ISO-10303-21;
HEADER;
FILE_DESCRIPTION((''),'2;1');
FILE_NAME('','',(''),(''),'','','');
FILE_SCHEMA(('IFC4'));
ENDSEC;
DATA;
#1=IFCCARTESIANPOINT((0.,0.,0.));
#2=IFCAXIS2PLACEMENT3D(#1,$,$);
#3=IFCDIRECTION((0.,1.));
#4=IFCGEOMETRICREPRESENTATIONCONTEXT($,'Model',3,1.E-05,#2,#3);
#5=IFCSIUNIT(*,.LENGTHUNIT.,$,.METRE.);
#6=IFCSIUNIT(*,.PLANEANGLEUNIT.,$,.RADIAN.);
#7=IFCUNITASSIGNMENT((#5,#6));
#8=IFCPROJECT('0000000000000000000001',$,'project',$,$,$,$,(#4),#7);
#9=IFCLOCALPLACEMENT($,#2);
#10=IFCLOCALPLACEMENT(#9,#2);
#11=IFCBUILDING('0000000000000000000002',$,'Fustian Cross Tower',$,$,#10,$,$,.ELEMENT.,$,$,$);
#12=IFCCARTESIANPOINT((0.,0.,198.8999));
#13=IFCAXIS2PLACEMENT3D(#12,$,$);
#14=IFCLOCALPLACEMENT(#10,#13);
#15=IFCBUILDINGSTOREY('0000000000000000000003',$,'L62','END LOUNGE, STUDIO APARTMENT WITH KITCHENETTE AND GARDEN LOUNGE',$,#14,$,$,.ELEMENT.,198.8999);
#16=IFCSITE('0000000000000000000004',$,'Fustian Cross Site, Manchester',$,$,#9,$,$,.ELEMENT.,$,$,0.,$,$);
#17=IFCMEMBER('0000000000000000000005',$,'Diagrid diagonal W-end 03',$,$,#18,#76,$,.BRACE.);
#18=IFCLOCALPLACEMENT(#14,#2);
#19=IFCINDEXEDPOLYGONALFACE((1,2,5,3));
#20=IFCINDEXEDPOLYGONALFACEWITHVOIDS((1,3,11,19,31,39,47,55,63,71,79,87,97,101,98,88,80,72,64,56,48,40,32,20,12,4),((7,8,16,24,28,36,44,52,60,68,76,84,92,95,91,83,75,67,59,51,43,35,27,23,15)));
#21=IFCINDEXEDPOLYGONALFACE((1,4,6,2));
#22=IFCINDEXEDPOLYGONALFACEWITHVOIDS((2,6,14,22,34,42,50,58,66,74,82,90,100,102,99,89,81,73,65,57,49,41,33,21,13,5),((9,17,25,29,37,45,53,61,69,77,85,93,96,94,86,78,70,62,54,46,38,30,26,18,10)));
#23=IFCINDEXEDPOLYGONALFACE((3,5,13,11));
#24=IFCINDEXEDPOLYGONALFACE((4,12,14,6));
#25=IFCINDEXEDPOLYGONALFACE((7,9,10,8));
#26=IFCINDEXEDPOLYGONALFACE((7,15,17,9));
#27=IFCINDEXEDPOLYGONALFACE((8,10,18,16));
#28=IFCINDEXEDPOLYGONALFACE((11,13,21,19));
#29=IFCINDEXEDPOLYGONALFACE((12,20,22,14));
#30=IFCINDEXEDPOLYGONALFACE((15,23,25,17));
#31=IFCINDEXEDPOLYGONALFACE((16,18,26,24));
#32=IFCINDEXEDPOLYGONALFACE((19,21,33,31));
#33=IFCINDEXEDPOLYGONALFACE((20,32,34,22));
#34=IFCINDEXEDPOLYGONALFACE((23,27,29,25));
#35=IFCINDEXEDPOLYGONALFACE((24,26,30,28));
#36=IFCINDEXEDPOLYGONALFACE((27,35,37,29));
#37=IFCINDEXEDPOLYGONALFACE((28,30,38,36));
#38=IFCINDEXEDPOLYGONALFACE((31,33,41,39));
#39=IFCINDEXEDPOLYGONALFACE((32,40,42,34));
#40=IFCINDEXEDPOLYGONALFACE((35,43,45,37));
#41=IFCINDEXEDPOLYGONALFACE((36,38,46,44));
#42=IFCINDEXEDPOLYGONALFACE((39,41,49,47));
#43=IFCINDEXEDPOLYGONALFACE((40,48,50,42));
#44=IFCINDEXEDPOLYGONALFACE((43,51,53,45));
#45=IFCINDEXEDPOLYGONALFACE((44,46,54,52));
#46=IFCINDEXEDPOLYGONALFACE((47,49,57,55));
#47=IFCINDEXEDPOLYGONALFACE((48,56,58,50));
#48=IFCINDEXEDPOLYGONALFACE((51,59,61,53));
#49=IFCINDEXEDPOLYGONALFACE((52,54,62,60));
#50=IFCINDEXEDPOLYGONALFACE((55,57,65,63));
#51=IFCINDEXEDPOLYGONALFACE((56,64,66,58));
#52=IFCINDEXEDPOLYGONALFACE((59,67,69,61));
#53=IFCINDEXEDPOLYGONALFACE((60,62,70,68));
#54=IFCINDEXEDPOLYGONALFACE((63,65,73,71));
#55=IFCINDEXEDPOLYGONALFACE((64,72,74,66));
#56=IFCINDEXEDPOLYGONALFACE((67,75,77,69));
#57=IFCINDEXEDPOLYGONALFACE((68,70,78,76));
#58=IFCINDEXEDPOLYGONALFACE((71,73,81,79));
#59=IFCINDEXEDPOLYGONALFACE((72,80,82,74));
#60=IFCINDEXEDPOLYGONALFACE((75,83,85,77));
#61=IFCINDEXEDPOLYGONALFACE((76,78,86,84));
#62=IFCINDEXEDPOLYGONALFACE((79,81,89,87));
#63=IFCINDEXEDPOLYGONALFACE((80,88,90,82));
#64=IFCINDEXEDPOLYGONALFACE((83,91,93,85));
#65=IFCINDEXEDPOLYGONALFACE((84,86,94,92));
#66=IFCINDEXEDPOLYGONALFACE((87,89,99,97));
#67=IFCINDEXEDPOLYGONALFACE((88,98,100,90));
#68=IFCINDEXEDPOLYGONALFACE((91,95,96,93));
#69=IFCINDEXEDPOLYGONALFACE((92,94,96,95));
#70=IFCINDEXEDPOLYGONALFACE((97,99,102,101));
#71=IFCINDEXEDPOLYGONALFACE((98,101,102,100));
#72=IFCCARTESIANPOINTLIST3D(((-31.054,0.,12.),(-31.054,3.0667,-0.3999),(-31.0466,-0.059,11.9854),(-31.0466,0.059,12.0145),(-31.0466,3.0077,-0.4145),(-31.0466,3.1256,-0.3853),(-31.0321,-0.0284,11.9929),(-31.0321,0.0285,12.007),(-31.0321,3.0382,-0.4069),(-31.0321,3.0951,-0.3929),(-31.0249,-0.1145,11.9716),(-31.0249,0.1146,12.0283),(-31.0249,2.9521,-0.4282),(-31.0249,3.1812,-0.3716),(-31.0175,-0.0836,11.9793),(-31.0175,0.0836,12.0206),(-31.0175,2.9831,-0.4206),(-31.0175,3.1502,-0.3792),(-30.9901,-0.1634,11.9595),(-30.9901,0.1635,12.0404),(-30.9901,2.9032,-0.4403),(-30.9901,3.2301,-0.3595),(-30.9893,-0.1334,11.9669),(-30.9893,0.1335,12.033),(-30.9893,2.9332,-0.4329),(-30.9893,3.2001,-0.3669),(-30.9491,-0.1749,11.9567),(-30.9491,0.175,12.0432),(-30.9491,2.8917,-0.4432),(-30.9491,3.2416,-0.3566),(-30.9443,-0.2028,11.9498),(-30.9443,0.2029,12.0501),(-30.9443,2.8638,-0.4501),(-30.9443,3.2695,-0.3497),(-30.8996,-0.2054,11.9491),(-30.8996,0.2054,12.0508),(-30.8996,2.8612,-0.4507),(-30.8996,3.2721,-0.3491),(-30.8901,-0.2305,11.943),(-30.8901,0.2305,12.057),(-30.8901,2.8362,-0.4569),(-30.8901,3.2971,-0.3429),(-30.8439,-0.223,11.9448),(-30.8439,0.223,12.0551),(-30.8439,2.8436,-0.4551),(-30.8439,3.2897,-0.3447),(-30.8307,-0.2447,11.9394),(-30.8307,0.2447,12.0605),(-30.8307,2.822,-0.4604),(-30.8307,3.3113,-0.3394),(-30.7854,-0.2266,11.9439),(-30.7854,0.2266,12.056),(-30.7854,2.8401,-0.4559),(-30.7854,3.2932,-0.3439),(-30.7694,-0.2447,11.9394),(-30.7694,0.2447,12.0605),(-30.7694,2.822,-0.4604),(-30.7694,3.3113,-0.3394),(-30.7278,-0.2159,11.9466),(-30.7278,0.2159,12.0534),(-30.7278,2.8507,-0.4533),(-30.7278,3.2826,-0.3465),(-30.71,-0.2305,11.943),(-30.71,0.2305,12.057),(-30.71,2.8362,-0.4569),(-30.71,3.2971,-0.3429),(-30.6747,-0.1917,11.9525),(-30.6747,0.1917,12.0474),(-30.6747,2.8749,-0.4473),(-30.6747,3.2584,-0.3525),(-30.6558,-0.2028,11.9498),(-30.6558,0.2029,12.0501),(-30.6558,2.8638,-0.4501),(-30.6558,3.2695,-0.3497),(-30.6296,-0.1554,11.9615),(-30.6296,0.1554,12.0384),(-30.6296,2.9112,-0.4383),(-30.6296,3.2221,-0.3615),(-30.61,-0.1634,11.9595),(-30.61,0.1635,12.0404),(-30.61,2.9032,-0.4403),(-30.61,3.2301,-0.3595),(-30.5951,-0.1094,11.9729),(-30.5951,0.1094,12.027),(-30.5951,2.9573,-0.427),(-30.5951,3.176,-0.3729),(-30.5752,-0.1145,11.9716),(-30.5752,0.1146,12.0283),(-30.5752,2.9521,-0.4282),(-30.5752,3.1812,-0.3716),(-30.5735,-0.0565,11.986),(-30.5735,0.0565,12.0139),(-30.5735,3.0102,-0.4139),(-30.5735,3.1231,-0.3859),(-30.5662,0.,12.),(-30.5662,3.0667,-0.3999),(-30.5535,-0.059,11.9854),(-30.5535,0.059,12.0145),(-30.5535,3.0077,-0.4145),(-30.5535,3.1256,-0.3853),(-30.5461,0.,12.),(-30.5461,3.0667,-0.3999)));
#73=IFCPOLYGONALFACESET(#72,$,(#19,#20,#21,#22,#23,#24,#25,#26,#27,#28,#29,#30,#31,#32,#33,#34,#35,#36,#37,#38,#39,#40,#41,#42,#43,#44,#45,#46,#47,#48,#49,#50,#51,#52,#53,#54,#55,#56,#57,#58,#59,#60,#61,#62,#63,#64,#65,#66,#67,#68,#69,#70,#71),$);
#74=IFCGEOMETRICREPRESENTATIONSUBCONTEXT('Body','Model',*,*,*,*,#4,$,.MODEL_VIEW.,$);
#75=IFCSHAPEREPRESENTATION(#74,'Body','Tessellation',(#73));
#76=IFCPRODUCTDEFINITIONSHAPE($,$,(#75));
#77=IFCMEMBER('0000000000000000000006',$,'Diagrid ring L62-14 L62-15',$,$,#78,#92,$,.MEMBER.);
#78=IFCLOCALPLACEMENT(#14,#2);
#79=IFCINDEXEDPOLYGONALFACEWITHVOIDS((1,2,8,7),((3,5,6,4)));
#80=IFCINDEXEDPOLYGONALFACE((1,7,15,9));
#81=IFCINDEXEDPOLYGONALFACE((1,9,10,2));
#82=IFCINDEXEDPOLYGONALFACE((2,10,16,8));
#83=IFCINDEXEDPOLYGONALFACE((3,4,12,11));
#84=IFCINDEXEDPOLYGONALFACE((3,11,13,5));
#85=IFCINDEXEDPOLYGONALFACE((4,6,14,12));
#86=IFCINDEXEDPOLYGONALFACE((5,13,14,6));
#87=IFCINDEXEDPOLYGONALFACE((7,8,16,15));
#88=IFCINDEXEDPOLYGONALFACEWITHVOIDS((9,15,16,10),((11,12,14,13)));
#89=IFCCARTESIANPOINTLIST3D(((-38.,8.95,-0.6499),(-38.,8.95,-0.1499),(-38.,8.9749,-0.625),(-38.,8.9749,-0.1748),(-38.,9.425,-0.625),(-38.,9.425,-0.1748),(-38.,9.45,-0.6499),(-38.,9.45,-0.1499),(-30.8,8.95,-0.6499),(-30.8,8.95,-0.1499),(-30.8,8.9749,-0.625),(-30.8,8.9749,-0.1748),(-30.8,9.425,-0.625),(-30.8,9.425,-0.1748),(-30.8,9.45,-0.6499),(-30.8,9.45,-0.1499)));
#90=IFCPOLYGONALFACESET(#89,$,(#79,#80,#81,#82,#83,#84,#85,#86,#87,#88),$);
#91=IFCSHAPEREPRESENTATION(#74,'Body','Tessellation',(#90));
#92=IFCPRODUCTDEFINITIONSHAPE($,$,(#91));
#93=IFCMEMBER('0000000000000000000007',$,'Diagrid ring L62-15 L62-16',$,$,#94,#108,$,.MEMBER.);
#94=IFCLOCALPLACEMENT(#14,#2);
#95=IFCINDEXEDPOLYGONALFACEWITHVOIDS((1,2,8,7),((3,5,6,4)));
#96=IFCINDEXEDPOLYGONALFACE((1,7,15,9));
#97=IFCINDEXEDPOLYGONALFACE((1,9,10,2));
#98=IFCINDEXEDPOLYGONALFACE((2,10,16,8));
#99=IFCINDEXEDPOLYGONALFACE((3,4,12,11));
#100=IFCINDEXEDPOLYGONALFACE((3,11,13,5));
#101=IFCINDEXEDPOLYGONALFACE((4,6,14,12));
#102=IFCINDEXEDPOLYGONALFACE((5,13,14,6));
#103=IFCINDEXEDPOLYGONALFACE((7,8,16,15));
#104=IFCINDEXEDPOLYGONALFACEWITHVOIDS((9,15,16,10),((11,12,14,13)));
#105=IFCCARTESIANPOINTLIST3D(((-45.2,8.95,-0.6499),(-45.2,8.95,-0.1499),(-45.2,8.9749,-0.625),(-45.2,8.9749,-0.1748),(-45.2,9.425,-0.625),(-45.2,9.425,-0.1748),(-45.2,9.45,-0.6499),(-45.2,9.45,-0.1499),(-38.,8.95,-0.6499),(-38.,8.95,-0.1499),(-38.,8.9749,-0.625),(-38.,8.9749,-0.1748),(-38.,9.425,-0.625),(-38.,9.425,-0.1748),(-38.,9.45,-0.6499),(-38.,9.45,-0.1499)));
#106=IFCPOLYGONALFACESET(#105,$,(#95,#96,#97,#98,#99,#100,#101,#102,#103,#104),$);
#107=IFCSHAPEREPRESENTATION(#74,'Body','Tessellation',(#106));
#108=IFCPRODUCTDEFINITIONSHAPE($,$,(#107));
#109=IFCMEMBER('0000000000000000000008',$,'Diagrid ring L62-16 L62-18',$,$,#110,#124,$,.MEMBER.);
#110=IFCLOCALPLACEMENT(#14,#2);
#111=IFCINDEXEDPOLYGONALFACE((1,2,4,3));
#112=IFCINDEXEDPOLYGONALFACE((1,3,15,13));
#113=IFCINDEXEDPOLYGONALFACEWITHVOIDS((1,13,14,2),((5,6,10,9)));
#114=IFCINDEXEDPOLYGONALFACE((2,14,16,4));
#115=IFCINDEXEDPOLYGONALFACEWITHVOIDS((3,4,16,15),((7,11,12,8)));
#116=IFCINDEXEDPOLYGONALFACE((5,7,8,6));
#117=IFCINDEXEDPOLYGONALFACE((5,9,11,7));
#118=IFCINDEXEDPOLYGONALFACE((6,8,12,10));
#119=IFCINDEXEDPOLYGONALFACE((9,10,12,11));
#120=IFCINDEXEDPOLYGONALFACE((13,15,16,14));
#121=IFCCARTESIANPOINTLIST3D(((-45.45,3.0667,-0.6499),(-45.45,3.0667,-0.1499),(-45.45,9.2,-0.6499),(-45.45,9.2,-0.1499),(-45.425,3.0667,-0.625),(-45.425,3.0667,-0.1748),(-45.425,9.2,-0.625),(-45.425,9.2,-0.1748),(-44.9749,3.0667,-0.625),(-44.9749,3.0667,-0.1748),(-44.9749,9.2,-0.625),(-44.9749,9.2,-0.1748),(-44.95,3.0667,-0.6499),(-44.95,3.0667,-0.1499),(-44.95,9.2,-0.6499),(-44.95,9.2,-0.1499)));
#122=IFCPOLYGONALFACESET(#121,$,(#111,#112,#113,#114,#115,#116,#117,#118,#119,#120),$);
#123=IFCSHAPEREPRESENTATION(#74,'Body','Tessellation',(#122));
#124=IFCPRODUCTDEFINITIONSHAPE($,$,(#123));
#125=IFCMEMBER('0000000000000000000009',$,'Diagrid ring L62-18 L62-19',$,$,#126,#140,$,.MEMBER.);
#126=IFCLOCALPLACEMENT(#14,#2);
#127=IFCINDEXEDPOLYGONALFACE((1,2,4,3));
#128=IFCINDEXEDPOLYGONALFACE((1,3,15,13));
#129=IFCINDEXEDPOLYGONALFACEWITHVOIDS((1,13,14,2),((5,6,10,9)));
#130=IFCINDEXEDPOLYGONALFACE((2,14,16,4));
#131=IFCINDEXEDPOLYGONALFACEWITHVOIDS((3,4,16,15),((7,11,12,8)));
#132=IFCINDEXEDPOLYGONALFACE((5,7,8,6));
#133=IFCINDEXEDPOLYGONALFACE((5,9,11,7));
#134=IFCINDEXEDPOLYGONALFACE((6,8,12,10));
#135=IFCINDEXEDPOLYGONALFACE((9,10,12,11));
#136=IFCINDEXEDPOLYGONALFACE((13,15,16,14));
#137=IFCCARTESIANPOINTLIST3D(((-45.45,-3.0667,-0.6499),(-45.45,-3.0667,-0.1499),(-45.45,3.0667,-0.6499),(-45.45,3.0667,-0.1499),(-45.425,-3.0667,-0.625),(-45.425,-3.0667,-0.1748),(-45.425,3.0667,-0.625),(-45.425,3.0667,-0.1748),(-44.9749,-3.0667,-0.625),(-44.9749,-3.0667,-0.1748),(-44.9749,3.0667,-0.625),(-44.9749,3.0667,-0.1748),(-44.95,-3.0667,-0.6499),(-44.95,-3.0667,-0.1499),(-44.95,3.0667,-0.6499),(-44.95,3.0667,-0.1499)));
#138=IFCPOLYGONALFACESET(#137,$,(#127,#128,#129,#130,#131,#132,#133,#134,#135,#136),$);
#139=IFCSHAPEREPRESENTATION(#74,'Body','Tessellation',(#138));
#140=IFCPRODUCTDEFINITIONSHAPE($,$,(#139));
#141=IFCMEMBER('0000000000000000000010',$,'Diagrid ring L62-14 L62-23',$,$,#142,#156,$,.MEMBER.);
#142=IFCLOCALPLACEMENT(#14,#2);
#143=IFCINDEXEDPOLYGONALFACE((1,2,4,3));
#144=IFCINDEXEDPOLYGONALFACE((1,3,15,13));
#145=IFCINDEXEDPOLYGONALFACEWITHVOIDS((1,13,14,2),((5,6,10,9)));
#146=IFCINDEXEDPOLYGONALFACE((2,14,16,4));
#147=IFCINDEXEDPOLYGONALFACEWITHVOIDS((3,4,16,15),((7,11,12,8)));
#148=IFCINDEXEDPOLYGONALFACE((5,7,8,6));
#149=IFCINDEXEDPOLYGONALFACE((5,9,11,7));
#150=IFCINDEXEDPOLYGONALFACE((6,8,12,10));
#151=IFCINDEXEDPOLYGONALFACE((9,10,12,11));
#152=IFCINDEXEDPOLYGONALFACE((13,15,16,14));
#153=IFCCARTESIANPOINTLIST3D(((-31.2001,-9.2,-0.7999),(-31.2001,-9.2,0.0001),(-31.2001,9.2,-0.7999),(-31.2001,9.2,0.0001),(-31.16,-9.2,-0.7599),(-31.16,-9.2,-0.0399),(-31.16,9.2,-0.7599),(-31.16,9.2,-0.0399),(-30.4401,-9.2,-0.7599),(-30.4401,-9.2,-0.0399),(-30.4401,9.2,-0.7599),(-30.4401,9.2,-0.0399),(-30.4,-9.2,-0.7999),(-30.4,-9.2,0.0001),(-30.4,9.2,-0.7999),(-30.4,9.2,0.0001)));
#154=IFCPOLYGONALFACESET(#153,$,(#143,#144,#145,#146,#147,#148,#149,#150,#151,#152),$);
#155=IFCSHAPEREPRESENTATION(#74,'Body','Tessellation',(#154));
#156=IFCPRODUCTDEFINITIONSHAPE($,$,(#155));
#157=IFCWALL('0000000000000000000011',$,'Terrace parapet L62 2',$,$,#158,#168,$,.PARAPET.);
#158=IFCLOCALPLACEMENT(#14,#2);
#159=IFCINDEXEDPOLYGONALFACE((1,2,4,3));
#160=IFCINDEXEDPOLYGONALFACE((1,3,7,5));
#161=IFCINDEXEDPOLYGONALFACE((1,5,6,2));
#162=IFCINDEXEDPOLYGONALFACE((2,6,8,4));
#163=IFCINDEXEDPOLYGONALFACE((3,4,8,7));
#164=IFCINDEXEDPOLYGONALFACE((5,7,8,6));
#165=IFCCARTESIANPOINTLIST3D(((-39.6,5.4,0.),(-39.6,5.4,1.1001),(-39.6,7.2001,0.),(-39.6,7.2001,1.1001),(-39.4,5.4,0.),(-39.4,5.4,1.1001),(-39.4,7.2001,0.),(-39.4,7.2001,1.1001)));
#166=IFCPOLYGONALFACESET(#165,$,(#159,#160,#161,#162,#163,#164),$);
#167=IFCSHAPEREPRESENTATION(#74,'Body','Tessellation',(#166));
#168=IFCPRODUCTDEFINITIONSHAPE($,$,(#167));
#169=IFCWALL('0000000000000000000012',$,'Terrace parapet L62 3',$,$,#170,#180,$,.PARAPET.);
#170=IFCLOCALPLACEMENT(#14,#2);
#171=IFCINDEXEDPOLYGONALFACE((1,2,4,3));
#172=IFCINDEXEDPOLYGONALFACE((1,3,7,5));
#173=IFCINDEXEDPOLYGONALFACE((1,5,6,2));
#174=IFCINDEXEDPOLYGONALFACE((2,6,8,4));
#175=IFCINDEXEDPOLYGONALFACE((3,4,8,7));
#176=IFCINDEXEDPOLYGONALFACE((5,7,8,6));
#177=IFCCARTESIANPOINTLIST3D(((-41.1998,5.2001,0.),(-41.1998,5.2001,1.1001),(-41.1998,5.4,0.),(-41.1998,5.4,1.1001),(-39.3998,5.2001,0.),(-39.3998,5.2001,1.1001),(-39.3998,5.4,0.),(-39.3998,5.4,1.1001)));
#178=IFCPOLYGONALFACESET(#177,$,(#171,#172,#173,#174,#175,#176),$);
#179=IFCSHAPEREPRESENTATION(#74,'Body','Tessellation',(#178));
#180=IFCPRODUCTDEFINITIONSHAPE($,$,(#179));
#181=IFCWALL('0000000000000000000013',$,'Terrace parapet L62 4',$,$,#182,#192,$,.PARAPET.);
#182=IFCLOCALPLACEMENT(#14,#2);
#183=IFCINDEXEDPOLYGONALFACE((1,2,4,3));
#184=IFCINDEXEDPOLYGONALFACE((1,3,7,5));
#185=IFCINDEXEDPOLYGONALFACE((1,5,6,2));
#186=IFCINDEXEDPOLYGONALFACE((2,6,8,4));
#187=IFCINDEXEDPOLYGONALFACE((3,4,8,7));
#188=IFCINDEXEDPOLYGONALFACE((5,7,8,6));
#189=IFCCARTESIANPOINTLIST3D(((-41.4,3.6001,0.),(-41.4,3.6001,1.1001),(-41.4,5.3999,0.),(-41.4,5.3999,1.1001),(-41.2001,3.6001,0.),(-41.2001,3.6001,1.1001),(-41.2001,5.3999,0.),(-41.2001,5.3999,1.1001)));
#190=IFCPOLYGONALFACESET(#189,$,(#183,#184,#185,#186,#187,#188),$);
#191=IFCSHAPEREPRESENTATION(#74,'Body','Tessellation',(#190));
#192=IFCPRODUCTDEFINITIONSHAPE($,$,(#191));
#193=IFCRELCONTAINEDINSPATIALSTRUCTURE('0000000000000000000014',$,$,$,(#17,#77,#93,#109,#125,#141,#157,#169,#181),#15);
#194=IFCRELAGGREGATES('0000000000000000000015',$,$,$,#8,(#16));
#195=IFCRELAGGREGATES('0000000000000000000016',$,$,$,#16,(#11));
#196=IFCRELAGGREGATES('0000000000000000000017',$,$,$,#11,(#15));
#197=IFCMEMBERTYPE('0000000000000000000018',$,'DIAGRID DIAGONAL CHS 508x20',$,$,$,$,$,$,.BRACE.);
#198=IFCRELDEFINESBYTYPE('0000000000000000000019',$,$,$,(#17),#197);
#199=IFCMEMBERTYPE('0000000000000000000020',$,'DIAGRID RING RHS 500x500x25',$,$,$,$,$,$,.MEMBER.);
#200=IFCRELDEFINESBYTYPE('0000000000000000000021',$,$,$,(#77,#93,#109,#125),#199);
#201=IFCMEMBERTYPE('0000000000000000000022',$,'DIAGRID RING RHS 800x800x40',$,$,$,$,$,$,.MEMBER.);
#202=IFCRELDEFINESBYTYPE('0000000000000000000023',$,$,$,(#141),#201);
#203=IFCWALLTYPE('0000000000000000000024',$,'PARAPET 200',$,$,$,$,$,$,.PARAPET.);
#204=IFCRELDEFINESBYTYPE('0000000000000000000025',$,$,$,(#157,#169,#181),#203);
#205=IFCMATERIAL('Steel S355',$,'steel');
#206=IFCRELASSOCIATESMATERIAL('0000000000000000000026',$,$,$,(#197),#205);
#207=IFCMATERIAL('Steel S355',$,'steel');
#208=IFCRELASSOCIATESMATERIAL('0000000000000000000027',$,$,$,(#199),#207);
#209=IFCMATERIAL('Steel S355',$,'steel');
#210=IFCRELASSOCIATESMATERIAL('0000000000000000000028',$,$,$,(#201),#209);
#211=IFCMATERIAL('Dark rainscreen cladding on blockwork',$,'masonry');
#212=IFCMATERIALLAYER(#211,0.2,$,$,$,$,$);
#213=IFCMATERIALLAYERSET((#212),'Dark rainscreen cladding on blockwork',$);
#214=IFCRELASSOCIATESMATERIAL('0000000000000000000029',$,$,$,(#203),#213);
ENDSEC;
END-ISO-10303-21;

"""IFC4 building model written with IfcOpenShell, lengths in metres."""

from ifc_helpers import new_model, si_unit, direction, frame, frame_2d, origin, origin_2d, place, context, subcontext, project, spatial, rectangle, hollow_rectangle, hollow_circle, extrude, material, layer, layer_set, material_profile, profile_set, type_object, element, save


model = new_model("IFC4")

# Units and contexts
model_context = context("Model", 3, precision=1e-05, world=origin(), true_north=direction((0.0, 1.0)))
body_context = subcontext(model_context, "Body", "Model", "MODEL_VIEW")
ifc_project = project(units=[si_unit("LENGTHUNIT", "METRE"), si_unit("PLANEANGLEUNIT", "RADIAN")], contexts=[model_context])

# Site, building, storey
site_placement = place(None, origin())
site = spatial("IfcSite", under=ifc_project, at=site_placement, Name="Fustian Cross Site, Manchester", CompositionType="ELEMENT", RefElevation=0.0)
building_placement = place(site_placement, origin())
building = spatial("IfcBuilding", under=site, at=building_placement, Name="Fustian Cross Tower", CompositionType="ELEMENT")
storey_placement = place(building_placement, frame((0.0, 0.0, 198.8999)))
storey = spatial("IfcBuildingStorey", under=building, at=storey_placement, Name="L62", Description="END LOUNGE, STUDIO APARTMENT WITH KITCHENETTE AND GARDEN LOUNGE", CompositionType="ELEMENT", Elevation=198.8999)

# Members
ifc_material_1 = material(Name="Steel S355", Category="steel")
ifc_material_profile_1 = material_profile(ifc_material_1, hollow_circle(Radius=0.2539, WallThickness=0.02, at=origin_2d()), Name="CHS 508x20")
ifc_profile_set_1 = profile_set([ifc_material_profile_1], Name="Steel S355")
member_type_1 = type_object("IfcMemberType", Name="DIAGRID DIAGONAL CHS 508x20", PredefinedType="BRACE", material=ifc_profile_set_1)
for number, where, z_axis, x_axis, name in (
    (1, (-30.8, 3.0667, -0.3999), (0.0, -0.240079, 0.970753), (1.0, 0.0, 0.0), "Diagrid diagonal W-end 03"),
):
    element("IfcMember", number, at=place(storey_placement, frame(where, z_axis=z_axis, x_axis=x_axis)), inside=storey, type_object=member_type_1, Name=name, PredefinedType="BRACE", context=body_context, shape_type="SweptSolid", body=[
        extrude(hollow_circle(Radius=0.2539, WallThickness=0.02, at=origin_2d()), origin(), (0.0, 0.0, 1.0), 12.7734),
    ])
ifc_material_2 = material(Name="Steel S355", Category="steel")
ifc_material_profile_2 = material_profile(ifc_material_2, hollow_rectangle(XDim=0.5, YDim=0.5, WallThickness=0.0249, at=origin_2d()), Name="RHS 500x500x25")
ifc_profile_set_2 = profile_set([ifc_material_profile_2], Name="Steel S355")
member_type_2 = type_object("IfcMemberType", Name="DIAGRID RING RHS 500x500x25", PredefinedType="MEMBER", material=ifc_profile_set_2)
for number, where, z_axis, x_axis, name in (
    (2, (-30.8, 9.2, -0.3999), (-1.0, 0.0, 0.0), (0.0, -1.0, 0.0), "Diagrid ring L62-14 L62-15"),
    (3, (-38.0, 9.2, -0.3999), (-1.0, 0.0, 0.0), (0.0, -1.0, 0.0), "Diagrid ring L62-15 L62-16"),
):
    element("IfcMember", number, at=place(storey_placement, frame(where, z_axis=z_axis, x_axis=x_axis)), inside=storey, type_object=member_type_2, Name=name, PredefinedType="MEMBER", context=body_context, shape_type="SweptSolid", body=[
        extrude(hollow_rectangle(XDim=0.5, YDim=0.5, WallThickness=0.0249, at=origin_2d()), origin(), (0.0, 0.0, 1.0), 7.2),
    ])
for number, where, z_axis, x_axis, name in (
    (4, (-45.2, 9.2, -0.3999), (0.0, -1.0, 0.0), (1.0, 0.0, 0.0), "Diagrid ring L62-16 L62-18"),
    (5, (-45.2, 3.0667, -0.3999), (0.0, -1.0, 0.0), (1.0, 0.0, 0.0), "Diagrid ring L62-18 L62-19"),
):
    element("IfcMember", number, at=place(storey_placement, frame(where, z_axis=z_axis, x_axis=x_axis)), inside=storey, type_object=member_type_2, Name=name, PredefinedType="MEMBER", context=body_context, shape_type="SweptSolid", body=[
        extrude(hollow_rectangle(XDim=0.5, YDim=0.5, WallThickness=0.0249, at=origin_2d()), origin(), (0.0, 0.0, 1.0), 6.1333),
    ])
ifc_material_3 = material(Name="Steel S355", Category="steel")
ifc_material_profile_3 = material_profile(ifc_material_3, hollow_rectangle(XDim=0.8, YDim=0.8, WallThickness=0.04, at=origin_2d()), Name="RHS 800x800x40")
ifc_profile_set_3 = profile_set([ifc_material_profile_3], Name="Steel S355")
member_type_3 = type_object("IfcMemberType", Name="DIAGRID RING RHS 800x800x40", PredefinedType="MEMBER", material=ifc_profile_set_3)
member_1_placement = place(storey_placement, frame((-30.8, 9.2, -0.3999), z_axis=(0.0, -1.0, 0.0), x_axis=(1.0, 0.0, 0.0)))
element("IfcMember", 6, at=member_1_placement, inside=storey, type_object=member_type_3, Name="Diagrid ring L62-14 L62-23", PredefinedType="MEMBER", context=body_context, shape_type="SweptSolid", body=[
    extrude(hollow_rectangle(XDim=0.8, YDim=0.8, WallThickness=0.04, at=origin_2d()), origin(), (0.0, 0.0, 1.0), 18.3999),
])

# Walls
ifc_material_4 = material(Name="Dark rainscreen cladding on blockwork", Category="masonry")
ifc_layer_1 = layer(ifc_material_4, 0.2)
ifc_layer_set_1 = layer_set([ifc_layer_1], Name="Dark rainscreen cladding on blockwork")
wall_type_1 = type_object("IfcWallType", Name="PARAPET 200", PredefinedType="PARAPET", material=ifc_layer_set_1)
for number, where, z_axis, x_axis, name in (
    (7, (-39.5, 7.2, 0.0), (0.0, 0.0, 1.0), (0.0, -1.0, 0.0), "Terrace parapet L62 2"),
    (8, (-39.3999, 5.3, 0.0), (0.0, 0.0, 1.0), (-1.0, 0.0, 0.0), "Terrace parapet L62 3"),
):
    element("IfcWall", number, at=place(storey_placement, frame(where, z_axis=z_axis, x_axis=x_axis)), inside=storey, type_object=wall_type_1, Name=name, PredefinedType="PARAPET", context=body_context, shape_type="SweptSolid", body=[
        extrude(rectangle(XDim=1.8, YDim=0.2, at=frame_2d((0.8999, 0.0))), origin(), (0.0, 0.0, 1.0), 1.1001),
    ])
wall_1_placement = place(storey_placement, frame((-41.3, 5.3999, 0.0), z_axis=(0.0, 0.0, 1.0), x_axis=(0.0, -1.0, 0.0)))
element("IfcWall", 9, at=wall_1_placement, inside=storey, type_object=wall_type_1, Name="Terrace parapet L62 4", PredefinedType="PARAPET", context=body_context, shape_type="SweptSolid", body=[
    extrude(rectangle(XDim=1.7998, YDim=0.2, at=frame_2d((0.8999, 0.0))), origin(), (0.0, 0.0, 1.0), 1.1001),
])

save(model, "model.ifc")
